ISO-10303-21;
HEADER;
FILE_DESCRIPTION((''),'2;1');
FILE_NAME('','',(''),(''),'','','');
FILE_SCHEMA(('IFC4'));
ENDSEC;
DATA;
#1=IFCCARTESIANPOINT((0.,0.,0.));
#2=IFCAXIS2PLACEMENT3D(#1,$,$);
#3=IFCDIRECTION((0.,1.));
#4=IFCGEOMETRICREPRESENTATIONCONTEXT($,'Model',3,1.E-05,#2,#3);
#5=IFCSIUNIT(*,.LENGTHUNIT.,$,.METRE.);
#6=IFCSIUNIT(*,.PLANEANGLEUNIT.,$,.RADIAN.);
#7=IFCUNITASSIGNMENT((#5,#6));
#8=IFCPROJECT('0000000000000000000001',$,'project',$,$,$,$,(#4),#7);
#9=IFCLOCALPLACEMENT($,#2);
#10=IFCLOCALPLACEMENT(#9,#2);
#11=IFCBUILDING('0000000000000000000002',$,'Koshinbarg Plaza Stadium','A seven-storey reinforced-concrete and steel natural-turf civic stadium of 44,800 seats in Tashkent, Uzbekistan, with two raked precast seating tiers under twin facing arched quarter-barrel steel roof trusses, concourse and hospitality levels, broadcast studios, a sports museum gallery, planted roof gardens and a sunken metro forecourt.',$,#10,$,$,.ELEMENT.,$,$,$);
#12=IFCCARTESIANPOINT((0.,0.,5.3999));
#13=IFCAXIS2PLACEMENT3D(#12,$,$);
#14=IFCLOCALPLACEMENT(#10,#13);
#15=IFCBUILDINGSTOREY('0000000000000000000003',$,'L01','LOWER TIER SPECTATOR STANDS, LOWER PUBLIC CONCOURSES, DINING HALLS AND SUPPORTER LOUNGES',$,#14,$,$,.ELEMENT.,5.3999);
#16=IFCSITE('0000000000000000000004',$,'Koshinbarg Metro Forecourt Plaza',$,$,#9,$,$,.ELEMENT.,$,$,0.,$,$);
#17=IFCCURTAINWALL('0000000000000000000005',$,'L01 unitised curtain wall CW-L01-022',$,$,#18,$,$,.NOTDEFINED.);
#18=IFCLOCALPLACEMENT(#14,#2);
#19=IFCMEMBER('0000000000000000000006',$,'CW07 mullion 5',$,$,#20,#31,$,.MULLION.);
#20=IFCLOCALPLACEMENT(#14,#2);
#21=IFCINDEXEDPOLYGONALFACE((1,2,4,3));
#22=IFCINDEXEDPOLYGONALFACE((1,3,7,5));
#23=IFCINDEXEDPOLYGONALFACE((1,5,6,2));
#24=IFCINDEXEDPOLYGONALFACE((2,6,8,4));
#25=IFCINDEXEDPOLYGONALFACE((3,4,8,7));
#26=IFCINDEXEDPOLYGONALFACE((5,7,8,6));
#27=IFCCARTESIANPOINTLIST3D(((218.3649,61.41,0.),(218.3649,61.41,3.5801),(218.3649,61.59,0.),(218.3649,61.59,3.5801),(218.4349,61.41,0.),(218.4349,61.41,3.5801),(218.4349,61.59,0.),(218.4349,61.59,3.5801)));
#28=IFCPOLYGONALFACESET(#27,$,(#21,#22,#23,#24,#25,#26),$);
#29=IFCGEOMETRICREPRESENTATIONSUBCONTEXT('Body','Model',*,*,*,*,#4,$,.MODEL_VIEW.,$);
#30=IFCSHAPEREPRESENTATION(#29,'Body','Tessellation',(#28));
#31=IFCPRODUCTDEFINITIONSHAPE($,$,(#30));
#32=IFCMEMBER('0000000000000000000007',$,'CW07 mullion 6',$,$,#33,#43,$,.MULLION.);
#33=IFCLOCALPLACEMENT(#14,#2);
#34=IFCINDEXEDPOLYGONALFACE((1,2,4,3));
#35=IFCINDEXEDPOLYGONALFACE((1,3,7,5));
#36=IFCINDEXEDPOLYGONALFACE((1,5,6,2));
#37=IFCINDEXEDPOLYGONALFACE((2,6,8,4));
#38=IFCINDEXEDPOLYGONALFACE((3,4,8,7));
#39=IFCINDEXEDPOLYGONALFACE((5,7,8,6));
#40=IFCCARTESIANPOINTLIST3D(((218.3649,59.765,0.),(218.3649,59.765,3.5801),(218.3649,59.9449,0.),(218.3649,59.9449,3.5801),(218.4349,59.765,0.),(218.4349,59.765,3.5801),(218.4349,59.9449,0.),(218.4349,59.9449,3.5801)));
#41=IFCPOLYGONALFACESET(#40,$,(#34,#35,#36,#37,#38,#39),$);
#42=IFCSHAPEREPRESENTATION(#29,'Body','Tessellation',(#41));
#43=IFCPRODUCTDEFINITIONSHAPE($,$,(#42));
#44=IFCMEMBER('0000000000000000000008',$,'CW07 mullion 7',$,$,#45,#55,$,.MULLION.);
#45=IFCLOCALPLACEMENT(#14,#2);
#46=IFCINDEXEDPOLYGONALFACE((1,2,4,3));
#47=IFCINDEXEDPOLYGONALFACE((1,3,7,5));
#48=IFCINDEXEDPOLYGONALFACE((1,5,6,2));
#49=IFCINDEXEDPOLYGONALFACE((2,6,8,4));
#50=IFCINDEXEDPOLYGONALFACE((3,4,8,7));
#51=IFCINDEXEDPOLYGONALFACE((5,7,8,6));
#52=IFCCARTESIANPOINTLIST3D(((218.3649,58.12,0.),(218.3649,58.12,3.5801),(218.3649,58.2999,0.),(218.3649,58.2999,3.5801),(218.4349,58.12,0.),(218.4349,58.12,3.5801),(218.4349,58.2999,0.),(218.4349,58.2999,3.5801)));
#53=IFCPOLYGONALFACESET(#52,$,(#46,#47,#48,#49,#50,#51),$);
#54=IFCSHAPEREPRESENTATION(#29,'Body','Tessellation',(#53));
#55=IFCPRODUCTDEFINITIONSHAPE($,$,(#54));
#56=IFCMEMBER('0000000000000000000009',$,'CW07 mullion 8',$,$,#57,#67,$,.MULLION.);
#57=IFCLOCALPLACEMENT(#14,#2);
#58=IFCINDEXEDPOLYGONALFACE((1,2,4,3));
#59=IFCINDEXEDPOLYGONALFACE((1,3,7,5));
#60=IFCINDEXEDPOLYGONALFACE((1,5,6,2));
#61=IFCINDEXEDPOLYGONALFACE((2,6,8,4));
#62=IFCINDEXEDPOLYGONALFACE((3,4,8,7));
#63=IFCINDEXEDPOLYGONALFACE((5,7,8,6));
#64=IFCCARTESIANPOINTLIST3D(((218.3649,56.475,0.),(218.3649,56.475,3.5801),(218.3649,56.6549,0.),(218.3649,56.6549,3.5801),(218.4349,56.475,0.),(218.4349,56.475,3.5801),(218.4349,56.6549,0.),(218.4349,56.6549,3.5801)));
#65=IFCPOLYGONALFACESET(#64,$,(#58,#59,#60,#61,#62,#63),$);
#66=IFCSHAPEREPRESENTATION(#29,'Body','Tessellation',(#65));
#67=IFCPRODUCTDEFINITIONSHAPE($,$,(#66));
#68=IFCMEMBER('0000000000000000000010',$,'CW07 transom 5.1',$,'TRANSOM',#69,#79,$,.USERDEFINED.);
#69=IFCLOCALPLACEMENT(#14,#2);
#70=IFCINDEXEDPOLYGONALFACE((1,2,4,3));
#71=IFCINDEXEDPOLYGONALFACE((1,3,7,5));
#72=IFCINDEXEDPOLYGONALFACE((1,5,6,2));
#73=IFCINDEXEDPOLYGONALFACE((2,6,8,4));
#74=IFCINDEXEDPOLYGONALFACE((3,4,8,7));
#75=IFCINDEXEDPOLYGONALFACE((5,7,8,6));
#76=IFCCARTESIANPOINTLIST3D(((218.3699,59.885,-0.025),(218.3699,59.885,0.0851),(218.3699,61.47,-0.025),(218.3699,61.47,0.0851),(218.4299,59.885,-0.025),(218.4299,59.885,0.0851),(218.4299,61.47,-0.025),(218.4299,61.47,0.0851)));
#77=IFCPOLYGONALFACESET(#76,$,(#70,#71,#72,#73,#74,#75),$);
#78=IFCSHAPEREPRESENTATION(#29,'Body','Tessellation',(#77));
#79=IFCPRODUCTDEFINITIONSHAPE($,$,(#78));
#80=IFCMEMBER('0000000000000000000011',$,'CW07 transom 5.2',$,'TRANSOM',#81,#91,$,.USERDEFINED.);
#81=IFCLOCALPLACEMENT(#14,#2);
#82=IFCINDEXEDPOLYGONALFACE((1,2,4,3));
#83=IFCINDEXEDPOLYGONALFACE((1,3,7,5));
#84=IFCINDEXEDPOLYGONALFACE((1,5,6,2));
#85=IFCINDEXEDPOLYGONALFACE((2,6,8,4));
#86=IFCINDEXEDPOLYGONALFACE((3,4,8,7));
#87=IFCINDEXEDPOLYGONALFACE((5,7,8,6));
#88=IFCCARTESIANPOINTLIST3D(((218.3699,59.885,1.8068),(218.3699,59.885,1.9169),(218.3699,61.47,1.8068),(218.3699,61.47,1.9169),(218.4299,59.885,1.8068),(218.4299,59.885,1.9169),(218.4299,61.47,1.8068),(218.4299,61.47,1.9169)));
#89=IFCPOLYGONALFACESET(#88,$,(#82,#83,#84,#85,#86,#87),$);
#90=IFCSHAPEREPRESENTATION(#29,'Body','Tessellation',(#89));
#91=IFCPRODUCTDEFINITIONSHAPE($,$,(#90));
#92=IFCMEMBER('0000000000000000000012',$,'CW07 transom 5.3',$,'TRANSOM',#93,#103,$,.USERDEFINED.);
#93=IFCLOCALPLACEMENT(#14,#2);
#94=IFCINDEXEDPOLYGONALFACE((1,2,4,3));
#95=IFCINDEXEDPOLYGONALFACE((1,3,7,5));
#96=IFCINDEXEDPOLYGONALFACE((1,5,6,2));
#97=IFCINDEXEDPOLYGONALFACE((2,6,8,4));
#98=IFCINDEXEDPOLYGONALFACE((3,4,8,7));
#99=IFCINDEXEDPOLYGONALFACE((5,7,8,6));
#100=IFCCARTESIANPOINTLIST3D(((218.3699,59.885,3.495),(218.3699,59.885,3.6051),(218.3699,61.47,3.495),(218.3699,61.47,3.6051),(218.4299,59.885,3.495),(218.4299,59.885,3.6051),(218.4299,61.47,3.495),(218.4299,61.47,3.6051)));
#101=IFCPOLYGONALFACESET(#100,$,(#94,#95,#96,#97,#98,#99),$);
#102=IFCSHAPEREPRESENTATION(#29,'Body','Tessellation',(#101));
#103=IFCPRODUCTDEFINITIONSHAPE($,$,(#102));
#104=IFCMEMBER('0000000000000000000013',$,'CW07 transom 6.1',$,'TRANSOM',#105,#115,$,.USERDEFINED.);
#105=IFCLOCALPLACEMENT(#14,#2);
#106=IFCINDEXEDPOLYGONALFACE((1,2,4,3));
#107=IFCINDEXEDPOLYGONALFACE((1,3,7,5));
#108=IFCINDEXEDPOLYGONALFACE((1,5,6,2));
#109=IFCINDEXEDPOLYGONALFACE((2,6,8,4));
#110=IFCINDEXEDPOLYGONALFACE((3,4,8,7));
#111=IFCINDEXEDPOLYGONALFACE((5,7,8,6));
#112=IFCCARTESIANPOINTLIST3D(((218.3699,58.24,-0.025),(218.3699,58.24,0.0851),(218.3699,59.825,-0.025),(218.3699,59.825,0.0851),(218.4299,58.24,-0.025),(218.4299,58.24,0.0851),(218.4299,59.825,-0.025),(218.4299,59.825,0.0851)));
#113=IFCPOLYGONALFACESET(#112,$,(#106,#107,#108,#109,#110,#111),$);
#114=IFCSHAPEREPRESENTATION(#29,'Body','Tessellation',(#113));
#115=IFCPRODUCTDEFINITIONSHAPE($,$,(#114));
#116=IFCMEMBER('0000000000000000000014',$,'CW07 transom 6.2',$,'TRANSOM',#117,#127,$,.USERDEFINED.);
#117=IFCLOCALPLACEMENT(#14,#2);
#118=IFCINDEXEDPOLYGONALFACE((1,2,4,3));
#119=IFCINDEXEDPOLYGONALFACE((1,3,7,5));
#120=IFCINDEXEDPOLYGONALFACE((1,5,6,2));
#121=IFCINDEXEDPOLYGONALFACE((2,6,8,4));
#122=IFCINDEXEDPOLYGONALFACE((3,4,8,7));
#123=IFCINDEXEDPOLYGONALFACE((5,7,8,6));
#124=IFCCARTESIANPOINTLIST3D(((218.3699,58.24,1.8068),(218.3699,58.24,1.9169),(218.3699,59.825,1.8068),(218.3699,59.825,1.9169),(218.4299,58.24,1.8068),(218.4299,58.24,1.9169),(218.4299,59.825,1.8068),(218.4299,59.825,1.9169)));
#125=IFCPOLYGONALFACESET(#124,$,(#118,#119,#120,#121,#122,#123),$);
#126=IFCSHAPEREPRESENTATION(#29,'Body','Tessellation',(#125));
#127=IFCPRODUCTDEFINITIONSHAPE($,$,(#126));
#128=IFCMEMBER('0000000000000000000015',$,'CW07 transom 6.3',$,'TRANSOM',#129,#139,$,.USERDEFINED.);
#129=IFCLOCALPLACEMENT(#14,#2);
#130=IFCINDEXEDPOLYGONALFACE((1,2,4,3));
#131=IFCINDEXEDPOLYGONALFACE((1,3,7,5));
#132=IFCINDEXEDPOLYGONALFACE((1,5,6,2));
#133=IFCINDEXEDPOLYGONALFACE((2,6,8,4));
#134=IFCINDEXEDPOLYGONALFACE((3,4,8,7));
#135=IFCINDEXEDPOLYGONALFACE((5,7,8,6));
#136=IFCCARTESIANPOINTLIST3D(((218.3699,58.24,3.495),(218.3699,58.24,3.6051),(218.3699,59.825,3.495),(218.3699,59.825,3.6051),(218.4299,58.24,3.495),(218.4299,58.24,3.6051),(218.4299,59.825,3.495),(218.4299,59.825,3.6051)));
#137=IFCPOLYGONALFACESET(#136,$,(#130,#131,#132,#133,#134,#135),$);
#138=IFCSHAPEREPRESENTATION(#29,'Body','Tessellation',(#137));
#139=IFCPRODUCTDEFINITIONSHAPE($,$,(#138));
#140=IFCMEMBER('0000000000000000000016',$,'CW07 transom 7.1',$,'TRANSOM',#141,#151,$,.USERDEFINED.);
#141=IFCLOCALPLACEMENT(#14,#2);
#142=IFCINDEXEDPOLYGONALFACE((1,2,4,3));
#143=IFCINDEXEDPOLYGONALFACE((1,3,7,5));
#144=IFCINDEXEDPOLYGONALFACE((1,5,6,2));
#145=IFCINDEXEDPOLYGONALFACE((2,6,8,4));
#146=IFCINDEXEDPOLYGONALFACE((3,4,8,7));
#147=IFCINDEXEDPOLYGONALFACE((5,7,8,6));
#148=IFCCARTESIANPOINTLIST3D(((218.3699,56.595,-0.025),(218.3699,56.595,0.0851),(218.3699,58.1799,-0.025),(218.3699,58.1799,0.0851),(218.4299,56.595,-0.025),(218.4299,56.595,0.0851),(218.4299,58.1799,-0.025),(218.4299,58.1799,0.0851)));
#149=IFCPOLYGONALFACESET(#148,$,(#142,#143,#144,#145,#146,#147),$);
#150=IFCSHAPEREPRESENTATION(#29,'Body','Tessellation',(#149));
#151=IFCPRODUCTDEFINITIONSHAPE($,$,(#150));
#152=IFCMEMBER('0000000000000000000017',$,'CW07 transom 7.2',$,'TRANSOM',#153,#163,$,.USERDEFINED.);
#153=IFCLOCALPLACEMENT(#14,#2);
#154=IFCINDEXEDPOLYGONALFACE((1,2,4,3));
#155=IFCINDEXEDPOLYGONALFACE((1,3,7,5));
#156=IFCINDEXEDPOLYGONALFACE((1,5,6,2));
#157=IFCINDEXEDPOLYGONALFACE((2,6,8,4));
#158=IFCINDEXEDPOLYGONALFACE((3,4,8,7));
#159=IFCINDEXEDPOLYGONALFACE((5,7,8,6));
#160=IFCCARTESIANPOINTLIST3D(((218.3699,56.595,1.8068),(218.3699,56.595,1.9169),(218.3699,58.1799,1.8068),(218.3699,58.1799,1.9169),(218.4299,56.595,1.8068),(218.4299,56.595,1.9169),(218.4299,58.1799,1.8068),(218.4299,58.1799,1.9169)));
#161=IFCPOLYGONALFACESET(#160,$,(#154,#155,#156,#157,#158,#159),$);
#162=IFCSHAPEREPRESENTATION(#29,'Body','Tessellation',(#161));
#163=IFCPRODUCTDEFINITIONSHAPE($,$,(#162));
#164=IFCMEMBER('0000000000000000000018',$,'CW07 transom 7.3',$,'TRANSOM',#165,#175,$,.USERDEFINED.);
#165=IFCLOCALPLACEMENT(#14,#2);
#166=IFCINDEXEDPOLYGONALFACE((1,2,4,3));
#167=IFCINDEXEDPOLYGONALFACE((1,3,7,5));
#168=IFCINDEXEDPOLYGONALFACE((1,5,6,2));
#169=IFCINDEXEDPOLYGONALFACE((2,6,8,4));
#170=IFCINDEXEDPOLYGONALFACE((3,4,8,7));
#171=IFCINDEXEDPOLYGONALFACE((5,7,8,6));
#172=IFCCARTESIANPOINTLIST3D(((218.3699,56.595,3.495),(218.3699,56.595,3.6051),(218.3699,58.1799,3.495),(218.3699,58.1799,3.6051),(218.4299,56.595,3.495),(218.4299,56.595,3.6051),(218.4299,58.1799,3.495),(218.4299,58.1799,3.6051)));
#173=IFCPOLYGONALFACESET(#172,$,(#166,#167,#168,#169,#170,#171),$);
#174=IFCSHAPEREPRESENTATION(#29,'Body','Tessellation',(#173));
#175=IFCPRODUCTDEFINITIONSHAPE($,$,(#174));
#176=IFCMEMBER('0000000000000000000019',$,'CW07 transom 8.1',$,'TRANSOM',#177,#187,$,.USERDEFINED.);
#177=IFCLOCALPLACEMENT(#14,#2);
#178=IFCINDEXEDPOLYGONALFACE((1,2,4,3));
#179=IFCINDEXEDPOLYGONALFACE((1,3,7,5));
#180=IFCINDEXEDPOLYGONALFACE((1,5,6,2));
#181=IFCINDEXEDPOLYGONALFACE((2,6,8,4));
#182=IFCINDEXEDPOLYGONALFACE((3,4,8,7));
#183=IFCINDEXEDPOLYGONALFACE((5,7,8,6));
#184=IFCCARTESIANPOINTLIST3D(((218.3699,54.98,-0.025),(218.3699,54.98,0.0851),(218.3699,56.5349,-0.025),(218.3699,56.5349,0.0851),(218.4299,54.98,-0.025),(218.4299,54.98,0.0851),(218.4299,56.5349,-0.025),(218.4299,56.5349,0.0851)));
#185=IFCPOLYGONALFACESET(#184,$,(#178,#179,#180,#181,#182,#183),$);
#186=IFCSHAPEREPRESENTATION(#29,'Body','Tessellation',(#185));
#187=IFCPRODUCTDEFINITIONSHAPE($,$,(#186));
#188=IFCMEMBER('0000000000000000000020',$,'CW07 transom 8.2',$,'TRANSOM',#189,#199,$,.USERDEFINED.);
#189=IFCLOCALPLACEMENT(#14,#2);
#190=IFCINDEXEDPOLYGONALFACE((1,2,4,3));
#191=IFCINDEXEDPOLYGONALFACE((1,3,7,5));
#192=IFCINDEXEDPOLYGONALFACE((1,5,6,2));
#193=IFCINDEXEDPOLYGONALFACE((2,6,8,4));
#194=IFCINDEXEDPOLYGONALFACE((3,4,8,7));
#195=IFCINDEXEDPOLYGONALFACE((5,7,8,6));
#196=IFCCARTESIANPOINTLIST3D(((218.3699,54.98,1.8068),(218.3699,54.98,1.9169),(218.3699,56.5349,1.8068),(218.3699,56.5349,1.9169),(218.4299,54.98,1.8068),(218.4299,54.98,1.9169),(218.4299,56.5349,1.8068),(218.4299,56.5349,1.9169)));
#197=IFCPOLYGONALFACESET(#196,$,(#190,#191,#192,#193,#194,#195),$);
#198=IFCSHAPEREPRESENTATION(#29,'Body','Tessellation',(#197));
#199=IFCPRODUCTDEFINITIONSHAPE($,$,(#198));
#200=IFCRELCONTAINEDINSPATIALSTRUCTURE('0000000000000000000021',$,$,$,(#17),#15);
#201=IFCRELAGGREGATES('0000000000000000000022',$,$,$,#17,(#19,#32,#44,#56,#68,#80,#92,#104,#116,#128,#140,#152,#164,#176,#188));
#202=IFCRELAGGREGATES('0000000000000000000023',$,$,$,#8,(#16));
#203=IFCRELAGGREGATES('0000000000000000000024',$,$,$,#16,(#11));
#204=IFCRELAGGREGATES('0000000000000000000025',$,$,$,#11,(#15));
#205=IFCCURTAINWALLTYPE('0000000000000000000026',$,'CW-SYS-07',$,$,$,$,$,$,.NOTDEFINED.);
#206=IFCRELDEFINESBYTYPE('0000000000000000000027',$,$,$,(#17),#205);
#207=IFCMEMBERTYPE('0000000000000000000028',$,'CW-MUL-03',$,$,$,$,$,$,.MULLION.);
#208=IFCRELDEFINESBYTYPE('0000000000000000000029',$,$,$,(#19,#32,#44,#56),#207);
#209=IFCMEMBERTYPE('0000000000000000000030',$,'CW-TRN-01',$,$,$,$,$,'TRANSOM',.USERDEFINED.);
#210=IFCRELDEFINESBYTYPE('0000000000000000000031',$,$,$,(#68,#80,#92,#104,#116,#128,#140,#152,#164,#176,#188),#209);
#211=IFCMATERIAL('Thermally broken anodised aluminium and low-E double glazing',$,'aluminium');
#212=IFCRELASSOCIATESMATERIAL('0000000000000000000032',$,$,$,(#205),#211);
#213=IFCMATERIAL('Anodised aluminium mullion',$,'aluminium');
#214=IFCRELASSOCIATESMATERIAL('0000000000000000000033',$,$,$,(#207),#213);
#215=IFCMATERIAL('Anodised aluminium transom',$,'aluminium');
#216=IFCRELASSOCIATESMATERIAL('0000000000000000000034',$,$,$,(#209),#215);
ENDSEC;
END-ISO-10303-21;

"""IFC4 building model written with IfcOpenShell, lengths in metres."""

from ifc_helpers import new_model, si_unit, direction, frame, origin, origin_2d, place, context, subcontext, project, spatial, rectangle, extrude, material, material_profile, profile_set, type_object, element, aggregate, save


model = new_model("IFC4")

# Units and contexts
model_context = context("Model", 3, precision=1e-05, world=origin(), true_north=direction((0.0, 1.0)))
body_context = subcontext(model_context, "Body", "Model", "MODEL_VIEW")
ifc_project = project(units=[si_unit("LENGTHUNIT", "METRE"), si_unit("PLANEANGLEUNIT", "RADIAN")], contexts=[model_context])

# Site, building, storey
site_placement = place(None, origin())
site = spatial("IfcSite", under=ifc_project, at=site_placement, Name="Koshinbarg Metro Forecourt Plaza", CompositionType="ELEMENT", RefElevation=0.0)
building_placement = place(site_placement, origin())
building = spatial("IfcBuilding", under=site, at=building_placement, Name="Koshinbarg Plaza Stadium", Description="A seven-storey reinforced-concrete and steel natural-turf civic stadium of 44,800 seats in Tashkent, Uzbekistan, with two raked precast seating tiers under twin facing arched quarter-barrel steel roof trusses, concourse and hospitality levels, broadcast studios, a sports museum gallery, planted roof gardens and a sunken metro forecourt.", CompositionType="ELEMENT")
storey_placement = place(building_placement, frame((0.0, 0.0, 5.3999)))
storey = spatial("IfcBuildingStorey", under=building, at=storey_placement, Name="L01", Description="LOWER TIER SPECTATOR STANDS, LOWER PUBLIC CONCOURSES, DINING HALLS AND SUPPORTER LOUNGES", CompositionType="ELEMENT", Elevation=5.3999)

# Curtain wall, members
ifc_material_1 = material(Name="Thermally broken anodised aluminium and low-E double glazing", Category="aluminium")
curtain_wall_type = type_object("IfcCurtainWallType", Name="CW-SYS-07", PredefinedType="NOTDEFINED", material=ifc_material_1)
curtain_wall_placement = place(storey_placement, origin())
curtain_wall = element("IfcCurtainWall", 1, at=curtain_wall_placement, inside=storey, type_object=curtain_wall_type, Name="L01 unitised curtain wall CW-L01-022", PredefinedType="NOTDEFINED")
ifc_material_2 = material(Name="Anodised aluminium mullion", Category="aluminium")
ifc_material_profile_1 = material_profile(ifc_material_2, rectangle(XDim=0.0701, YDim=0.1799, at=origin_2d()), Name="ALU 70x180")
ifc_profile_set_1 = profile_set([ifc_material_profile_1], Name="Anodised aluminium mullion")
member_type_1 = type_object("IfcMemberType", Name="CW-MUL-03", PredefinedType="MULLION", material=ifc_profile_set_1)
member_1_placement = place(storey_placement, frame((218.3999, 61.5, 0.0), z_axis=(0.0, 0.0, 1.0), x_axis=(1.0, 0.0, 0.0)))
member_1 = element("IfcMember", 2, at=member_1_placement, type_object=member_type_1, Name="CW07 mullion 5", PredefinedType="MULLION", context=body_context, shape_type="SweptSolid", body=[
    extrude(rectangle(XDim=0.0701, YDim=0.1799, at=origin_2d()), origin(), (0.0, 0.0, 1.0), 3.5801),
])
member_2_placement = place(storey_placement, frame((218.3999, 59.855, 0.0), z_axis=(0.0, 0.0, 1.0), x_axis=(1.0, 0.0, 0.0)))
member_2 = element("IfcMember", 3, at=member_2_placement, type_object=member_type_1, Name="CW07 mullion 6", PredefinedType="MULLION", context=body_context, shape_type="SweptSolid", body=[
    extrude(rectangle(XDim=0.0701, YDim=0.1799, at=origin_2d()), origin(), (0.0, 0.0, 1.0), 3.5801),
])
member_3_placement = place(storey_placement, frame((218.3999, 58.21, 0.0), z_axis=(0.0, 0.0, 1.0), x_axis=(1.0, 0.0, 0.0)))
member_3 = element("IfcMember", 4, at=member_3_placement, type_object=member_type_1, Name="CW07 mullion 7", PredefinedType="MULLION", context=body_context, shape_type="SweptSolid", body=[
    extrude(rectangle(XDim=0.0701, YDim=0.1799, at=origin_2d()), origin(), (0.0, 0.0, 1.0), 3.5801),
])
member_4_placement = place(storey_placement, frame((218.3999, 56.5649, 0.0), z_axis=(0.0, 0.0, 1.0), x_axis=(1.0, 0.0, 0.0)))
member_4 = element("IfcMember", 5, at=member_4_placement, type_object=member_type_1, Name="CW07 mullion 8", PredefinedType="MULLION", context=body_context, shape_type="SweptSolid", body=[
    extrude(rectangle(XDim=0.0701, YDim=0.1799, at=origin_2d()), origin(), (0.0, 0.0, 1.0), 3.5801),
])
ifc_material_3 = material(Name="Anodised aluminium transom", Category="aluminium")
ifc_material_profile_2 = material_profile(ifc_material_3, rectangle(XDim=0.0601, YDim=0.1101, at=origin_2d()), Name="ALU 60x110")
ifc_profile_set_2 = profile_set([ifc_material_profile_2], Name="Anodised aluminium transom")
member_type_2 = type_object("IfcMemberType", Name="CW-TRN-01", ElementType="TRANSOM", PredefinedType="USERDEFINED", material=ifc_profile_set_2)
member_5_placement = place(storey_placement, frame((218.3999, 61.47, 0.03), z_axis=(0.0, -1.0, 0.0), x_axis=(1.0, 0.0, 0.0)))
member_5 = element("IfcMember", 6, at=member_5_placement, type_object=member_type_2, Name="CW07 transom 5.1", ObjectType="TRANSOM", PredefinedType="USERDEFINED", context=body_context, shape_type="SweptSolid", body=[
    extrude(rectangle(XDim=0.0601, YDim=0.1101, at=origin_2d()), origin(), (0.0, 0.0, 1.0), 1.585),
])
member_6_placement = place(storey_placement, frame((218.3999, 61.47, 1.8618), z_axis=(0.0, -1.0, 0.0), x_axis=(1.0, 0.0, 0.0)))
member_6 = element("IfcMember", 7, at=member_6_placement, type_object=member_type_2, Name="CW07 transom 5.2", ObjectType="TRANSOM", PredefinedType="USERDEFINED", context=body_context, shape_type="SweptSolid", body=[
    extrude(rectangle(XDim=0.0601, YDim=0.1101, at=origin_2d()), origin(), (0.0, 0.0, 1.0), 1.585),
])
member_7_placement = place(storey_placement, frame((218.3999, 61.47, 3.55), z_axis=(0.0, -1.0, 0.0), x_axis=(1.0, 0.0, 0.0)))
member_7 = element("IfcMember", 8, at=member_7_placement, type_object=member_type_2, Name="CW07 transom 5.3", ObjectType="TRANSOM", PredefinedType="USERDEFINED", context=body_context, shape_type="SweptSolid", body=[
    extrude(rectangle(XDim=0.0601, YDim=0.1101, at=origin_2d()), origin(), (0.0, 0.0, 1.0), 1.585),
])
member_8_placement = place(storey_placement, frame((218.3999, 59.825, 0.03), z_axis=(0.0, -1.0, 0.0), x_axis=(1.0, 0.0, 0.0)))
member_8 = element("IfcMember", 9, at=member_8_placement, type_object=member_type_2, Name="CW07 transom 6.1", ObjectType="TRANSOM", PredefinedType="USERDEFINED", context=body_context, shape_type="SweptSolid", body=[
    extrude(rectangle(XDim=0.0601, YDim=0.1101, at=origin_2d()), origin(), (0.0, 0.0, 1.0), 1.585),
])
member_9_placement = place(storey_placement, frame((218.3999, 59.825, 1.8618), z_axis=(0.0, -1.0, 0.0), x_axis=(1.0, 0.0, 0.0)))
member_9 = element("IfcMember", 10, at=member_9_placement, type_object=member_type_2, Name="CW07 transom 6.2", ObjectType="TRANSOM", PredefinedType="USERDEFINED", context=body_context, shape_type="SweptSolid", body=[
    extrude(rectangle(XDim=0.0601, YDim=0.1101, at=origin_2d()), origin(), (0.0, 0.0, 1.0), 1.585),
])
member_10_placement = place(storey_placement, frame((218.3999, 59.825, 3.55), z_axis=(0.0, -1.0, 0.0), x_axis=(1.0, 0.0, 0.0)))
member_10 = element("IfcMember", 11, at=member_10_placement, type_object=member_type_2, Name="CW07 transom 6.3", ObjectType="TRANSOM", PredefinedType="USERDEFINED", context=body_context, shape_type="SweptSolid", body=[
    extrude(rectangle(XDim=0.0601, YDim=0.1101, at=origin_2d()), origin(), (0.0, 0.0, 1.0), 1.585),
])
member_11_placement = place(storey_placement, frame((218.3999, 58.1799, 0.03), z_axis=(0.0, -1.0, 0.0), x_axis=(1.0, 0.0, 0.0)))
member_11 = element("IfcMember", 12, at=member_11_placement, type_object=member_type_2, Name="CW07 transom 7.1", ObjectType="TRANSOM", PredefinedType="USERDEFINED", context=body_context, shape_type="SweptSolid", body=[
    extrude(rectangle(XDim=0.0601, YDim=0.1101, at=origin_2d()), origin(), (0.0, 0.0, 1.0), 1.585),
])
member_12_placement = place(storey_placement, frame((218.3999, 58.1799, 1.8618), z_axis=(0.0, -1.0, 0.0), x_axis=(1.0, 0.0, 0.0)))
member_12 = element("IfcMember", 13, at=member_12_placement, type_object=member_type_2, Name="CW07 transom 7.2", ObjectType="TRANSOM", PredefinedType="USERDEFINED", context=body_context, shape_type="SweptSolid", body=[
    extrude(rectangle(XDim=0.0601, YDim=0.1101, at=origin_2d()), origin(), (0.0, 0.0, 1.0), 1.585),
])
member_13_placement = place(storey_placement, frame((218.3999, 58.1799, 3.55), z_axis=(0.0, -1.0, 0.0), x_axis=(1.0, 0.0, 0.0)))
member_13 = element("IfcMember", 14, at=member_13_placement, type_object=member_type_2, Name="CW07 transom 7.3", ObjectType="TRANSOM", PredefinedType="USERDEFINED", context=body_context, shape_type="SweptSolid", body=[
    extrude(rectangle(XDim=0.0601, YDim=0.1101, at=origin_2d()), origin(), (0.0, 0.0, 1.0), 1.585),
])
member_14_placement = place(storey_placement, frame((218.3999, 56.5349, 0.03), z_axis=(0.0, -1.0, 0.0), x_axis=(1.0, 0.0, 0.0)))
member_14 = element("IfcMember", 15, at=member_14_placement, type_object=member_type_2, Name="CW07 transom 8.1", ObjectType="TRANSOM", PredefinedType="USERDEFINED", context=body_context, shape_type="SweptSolid", body=[
    extrude(rectangle(XDim=0.0601, YDim=0.1101, at=origin_2d()), origin(), (0.0, 0.0, 1.0), 1.5549),
])
member_15_placement = place(storey_placement, frame((218.3999, 56.5349, 1.8618), z_axis=(0.0, -1.0, 0.0), x_axis=(1.0, 0.0, 0.0)))
member_15 = element("IfcMember", 16, at=member_15_placement, type_object=member_type_2, Name="CW07 transom 8.2", ObjectType="TRANSOM", PredefinedType="USERDEFINED", context=body_context, shape_type="SweptSolid", body=[
    extrude(rectangle(XDim=0.0601, YDim=0.1101, at=origin_2d()), origin(), (0.0, 0.0, 1.0), 1.5549),
])
aggregate(curtain_wall, [member_1, member_2, member_3, member_4, member_5, member_6, member_7, member_8, member_9, member_10, member_11, member_12, member_13, member_14, member_15])

save(model, "model.ifc")
